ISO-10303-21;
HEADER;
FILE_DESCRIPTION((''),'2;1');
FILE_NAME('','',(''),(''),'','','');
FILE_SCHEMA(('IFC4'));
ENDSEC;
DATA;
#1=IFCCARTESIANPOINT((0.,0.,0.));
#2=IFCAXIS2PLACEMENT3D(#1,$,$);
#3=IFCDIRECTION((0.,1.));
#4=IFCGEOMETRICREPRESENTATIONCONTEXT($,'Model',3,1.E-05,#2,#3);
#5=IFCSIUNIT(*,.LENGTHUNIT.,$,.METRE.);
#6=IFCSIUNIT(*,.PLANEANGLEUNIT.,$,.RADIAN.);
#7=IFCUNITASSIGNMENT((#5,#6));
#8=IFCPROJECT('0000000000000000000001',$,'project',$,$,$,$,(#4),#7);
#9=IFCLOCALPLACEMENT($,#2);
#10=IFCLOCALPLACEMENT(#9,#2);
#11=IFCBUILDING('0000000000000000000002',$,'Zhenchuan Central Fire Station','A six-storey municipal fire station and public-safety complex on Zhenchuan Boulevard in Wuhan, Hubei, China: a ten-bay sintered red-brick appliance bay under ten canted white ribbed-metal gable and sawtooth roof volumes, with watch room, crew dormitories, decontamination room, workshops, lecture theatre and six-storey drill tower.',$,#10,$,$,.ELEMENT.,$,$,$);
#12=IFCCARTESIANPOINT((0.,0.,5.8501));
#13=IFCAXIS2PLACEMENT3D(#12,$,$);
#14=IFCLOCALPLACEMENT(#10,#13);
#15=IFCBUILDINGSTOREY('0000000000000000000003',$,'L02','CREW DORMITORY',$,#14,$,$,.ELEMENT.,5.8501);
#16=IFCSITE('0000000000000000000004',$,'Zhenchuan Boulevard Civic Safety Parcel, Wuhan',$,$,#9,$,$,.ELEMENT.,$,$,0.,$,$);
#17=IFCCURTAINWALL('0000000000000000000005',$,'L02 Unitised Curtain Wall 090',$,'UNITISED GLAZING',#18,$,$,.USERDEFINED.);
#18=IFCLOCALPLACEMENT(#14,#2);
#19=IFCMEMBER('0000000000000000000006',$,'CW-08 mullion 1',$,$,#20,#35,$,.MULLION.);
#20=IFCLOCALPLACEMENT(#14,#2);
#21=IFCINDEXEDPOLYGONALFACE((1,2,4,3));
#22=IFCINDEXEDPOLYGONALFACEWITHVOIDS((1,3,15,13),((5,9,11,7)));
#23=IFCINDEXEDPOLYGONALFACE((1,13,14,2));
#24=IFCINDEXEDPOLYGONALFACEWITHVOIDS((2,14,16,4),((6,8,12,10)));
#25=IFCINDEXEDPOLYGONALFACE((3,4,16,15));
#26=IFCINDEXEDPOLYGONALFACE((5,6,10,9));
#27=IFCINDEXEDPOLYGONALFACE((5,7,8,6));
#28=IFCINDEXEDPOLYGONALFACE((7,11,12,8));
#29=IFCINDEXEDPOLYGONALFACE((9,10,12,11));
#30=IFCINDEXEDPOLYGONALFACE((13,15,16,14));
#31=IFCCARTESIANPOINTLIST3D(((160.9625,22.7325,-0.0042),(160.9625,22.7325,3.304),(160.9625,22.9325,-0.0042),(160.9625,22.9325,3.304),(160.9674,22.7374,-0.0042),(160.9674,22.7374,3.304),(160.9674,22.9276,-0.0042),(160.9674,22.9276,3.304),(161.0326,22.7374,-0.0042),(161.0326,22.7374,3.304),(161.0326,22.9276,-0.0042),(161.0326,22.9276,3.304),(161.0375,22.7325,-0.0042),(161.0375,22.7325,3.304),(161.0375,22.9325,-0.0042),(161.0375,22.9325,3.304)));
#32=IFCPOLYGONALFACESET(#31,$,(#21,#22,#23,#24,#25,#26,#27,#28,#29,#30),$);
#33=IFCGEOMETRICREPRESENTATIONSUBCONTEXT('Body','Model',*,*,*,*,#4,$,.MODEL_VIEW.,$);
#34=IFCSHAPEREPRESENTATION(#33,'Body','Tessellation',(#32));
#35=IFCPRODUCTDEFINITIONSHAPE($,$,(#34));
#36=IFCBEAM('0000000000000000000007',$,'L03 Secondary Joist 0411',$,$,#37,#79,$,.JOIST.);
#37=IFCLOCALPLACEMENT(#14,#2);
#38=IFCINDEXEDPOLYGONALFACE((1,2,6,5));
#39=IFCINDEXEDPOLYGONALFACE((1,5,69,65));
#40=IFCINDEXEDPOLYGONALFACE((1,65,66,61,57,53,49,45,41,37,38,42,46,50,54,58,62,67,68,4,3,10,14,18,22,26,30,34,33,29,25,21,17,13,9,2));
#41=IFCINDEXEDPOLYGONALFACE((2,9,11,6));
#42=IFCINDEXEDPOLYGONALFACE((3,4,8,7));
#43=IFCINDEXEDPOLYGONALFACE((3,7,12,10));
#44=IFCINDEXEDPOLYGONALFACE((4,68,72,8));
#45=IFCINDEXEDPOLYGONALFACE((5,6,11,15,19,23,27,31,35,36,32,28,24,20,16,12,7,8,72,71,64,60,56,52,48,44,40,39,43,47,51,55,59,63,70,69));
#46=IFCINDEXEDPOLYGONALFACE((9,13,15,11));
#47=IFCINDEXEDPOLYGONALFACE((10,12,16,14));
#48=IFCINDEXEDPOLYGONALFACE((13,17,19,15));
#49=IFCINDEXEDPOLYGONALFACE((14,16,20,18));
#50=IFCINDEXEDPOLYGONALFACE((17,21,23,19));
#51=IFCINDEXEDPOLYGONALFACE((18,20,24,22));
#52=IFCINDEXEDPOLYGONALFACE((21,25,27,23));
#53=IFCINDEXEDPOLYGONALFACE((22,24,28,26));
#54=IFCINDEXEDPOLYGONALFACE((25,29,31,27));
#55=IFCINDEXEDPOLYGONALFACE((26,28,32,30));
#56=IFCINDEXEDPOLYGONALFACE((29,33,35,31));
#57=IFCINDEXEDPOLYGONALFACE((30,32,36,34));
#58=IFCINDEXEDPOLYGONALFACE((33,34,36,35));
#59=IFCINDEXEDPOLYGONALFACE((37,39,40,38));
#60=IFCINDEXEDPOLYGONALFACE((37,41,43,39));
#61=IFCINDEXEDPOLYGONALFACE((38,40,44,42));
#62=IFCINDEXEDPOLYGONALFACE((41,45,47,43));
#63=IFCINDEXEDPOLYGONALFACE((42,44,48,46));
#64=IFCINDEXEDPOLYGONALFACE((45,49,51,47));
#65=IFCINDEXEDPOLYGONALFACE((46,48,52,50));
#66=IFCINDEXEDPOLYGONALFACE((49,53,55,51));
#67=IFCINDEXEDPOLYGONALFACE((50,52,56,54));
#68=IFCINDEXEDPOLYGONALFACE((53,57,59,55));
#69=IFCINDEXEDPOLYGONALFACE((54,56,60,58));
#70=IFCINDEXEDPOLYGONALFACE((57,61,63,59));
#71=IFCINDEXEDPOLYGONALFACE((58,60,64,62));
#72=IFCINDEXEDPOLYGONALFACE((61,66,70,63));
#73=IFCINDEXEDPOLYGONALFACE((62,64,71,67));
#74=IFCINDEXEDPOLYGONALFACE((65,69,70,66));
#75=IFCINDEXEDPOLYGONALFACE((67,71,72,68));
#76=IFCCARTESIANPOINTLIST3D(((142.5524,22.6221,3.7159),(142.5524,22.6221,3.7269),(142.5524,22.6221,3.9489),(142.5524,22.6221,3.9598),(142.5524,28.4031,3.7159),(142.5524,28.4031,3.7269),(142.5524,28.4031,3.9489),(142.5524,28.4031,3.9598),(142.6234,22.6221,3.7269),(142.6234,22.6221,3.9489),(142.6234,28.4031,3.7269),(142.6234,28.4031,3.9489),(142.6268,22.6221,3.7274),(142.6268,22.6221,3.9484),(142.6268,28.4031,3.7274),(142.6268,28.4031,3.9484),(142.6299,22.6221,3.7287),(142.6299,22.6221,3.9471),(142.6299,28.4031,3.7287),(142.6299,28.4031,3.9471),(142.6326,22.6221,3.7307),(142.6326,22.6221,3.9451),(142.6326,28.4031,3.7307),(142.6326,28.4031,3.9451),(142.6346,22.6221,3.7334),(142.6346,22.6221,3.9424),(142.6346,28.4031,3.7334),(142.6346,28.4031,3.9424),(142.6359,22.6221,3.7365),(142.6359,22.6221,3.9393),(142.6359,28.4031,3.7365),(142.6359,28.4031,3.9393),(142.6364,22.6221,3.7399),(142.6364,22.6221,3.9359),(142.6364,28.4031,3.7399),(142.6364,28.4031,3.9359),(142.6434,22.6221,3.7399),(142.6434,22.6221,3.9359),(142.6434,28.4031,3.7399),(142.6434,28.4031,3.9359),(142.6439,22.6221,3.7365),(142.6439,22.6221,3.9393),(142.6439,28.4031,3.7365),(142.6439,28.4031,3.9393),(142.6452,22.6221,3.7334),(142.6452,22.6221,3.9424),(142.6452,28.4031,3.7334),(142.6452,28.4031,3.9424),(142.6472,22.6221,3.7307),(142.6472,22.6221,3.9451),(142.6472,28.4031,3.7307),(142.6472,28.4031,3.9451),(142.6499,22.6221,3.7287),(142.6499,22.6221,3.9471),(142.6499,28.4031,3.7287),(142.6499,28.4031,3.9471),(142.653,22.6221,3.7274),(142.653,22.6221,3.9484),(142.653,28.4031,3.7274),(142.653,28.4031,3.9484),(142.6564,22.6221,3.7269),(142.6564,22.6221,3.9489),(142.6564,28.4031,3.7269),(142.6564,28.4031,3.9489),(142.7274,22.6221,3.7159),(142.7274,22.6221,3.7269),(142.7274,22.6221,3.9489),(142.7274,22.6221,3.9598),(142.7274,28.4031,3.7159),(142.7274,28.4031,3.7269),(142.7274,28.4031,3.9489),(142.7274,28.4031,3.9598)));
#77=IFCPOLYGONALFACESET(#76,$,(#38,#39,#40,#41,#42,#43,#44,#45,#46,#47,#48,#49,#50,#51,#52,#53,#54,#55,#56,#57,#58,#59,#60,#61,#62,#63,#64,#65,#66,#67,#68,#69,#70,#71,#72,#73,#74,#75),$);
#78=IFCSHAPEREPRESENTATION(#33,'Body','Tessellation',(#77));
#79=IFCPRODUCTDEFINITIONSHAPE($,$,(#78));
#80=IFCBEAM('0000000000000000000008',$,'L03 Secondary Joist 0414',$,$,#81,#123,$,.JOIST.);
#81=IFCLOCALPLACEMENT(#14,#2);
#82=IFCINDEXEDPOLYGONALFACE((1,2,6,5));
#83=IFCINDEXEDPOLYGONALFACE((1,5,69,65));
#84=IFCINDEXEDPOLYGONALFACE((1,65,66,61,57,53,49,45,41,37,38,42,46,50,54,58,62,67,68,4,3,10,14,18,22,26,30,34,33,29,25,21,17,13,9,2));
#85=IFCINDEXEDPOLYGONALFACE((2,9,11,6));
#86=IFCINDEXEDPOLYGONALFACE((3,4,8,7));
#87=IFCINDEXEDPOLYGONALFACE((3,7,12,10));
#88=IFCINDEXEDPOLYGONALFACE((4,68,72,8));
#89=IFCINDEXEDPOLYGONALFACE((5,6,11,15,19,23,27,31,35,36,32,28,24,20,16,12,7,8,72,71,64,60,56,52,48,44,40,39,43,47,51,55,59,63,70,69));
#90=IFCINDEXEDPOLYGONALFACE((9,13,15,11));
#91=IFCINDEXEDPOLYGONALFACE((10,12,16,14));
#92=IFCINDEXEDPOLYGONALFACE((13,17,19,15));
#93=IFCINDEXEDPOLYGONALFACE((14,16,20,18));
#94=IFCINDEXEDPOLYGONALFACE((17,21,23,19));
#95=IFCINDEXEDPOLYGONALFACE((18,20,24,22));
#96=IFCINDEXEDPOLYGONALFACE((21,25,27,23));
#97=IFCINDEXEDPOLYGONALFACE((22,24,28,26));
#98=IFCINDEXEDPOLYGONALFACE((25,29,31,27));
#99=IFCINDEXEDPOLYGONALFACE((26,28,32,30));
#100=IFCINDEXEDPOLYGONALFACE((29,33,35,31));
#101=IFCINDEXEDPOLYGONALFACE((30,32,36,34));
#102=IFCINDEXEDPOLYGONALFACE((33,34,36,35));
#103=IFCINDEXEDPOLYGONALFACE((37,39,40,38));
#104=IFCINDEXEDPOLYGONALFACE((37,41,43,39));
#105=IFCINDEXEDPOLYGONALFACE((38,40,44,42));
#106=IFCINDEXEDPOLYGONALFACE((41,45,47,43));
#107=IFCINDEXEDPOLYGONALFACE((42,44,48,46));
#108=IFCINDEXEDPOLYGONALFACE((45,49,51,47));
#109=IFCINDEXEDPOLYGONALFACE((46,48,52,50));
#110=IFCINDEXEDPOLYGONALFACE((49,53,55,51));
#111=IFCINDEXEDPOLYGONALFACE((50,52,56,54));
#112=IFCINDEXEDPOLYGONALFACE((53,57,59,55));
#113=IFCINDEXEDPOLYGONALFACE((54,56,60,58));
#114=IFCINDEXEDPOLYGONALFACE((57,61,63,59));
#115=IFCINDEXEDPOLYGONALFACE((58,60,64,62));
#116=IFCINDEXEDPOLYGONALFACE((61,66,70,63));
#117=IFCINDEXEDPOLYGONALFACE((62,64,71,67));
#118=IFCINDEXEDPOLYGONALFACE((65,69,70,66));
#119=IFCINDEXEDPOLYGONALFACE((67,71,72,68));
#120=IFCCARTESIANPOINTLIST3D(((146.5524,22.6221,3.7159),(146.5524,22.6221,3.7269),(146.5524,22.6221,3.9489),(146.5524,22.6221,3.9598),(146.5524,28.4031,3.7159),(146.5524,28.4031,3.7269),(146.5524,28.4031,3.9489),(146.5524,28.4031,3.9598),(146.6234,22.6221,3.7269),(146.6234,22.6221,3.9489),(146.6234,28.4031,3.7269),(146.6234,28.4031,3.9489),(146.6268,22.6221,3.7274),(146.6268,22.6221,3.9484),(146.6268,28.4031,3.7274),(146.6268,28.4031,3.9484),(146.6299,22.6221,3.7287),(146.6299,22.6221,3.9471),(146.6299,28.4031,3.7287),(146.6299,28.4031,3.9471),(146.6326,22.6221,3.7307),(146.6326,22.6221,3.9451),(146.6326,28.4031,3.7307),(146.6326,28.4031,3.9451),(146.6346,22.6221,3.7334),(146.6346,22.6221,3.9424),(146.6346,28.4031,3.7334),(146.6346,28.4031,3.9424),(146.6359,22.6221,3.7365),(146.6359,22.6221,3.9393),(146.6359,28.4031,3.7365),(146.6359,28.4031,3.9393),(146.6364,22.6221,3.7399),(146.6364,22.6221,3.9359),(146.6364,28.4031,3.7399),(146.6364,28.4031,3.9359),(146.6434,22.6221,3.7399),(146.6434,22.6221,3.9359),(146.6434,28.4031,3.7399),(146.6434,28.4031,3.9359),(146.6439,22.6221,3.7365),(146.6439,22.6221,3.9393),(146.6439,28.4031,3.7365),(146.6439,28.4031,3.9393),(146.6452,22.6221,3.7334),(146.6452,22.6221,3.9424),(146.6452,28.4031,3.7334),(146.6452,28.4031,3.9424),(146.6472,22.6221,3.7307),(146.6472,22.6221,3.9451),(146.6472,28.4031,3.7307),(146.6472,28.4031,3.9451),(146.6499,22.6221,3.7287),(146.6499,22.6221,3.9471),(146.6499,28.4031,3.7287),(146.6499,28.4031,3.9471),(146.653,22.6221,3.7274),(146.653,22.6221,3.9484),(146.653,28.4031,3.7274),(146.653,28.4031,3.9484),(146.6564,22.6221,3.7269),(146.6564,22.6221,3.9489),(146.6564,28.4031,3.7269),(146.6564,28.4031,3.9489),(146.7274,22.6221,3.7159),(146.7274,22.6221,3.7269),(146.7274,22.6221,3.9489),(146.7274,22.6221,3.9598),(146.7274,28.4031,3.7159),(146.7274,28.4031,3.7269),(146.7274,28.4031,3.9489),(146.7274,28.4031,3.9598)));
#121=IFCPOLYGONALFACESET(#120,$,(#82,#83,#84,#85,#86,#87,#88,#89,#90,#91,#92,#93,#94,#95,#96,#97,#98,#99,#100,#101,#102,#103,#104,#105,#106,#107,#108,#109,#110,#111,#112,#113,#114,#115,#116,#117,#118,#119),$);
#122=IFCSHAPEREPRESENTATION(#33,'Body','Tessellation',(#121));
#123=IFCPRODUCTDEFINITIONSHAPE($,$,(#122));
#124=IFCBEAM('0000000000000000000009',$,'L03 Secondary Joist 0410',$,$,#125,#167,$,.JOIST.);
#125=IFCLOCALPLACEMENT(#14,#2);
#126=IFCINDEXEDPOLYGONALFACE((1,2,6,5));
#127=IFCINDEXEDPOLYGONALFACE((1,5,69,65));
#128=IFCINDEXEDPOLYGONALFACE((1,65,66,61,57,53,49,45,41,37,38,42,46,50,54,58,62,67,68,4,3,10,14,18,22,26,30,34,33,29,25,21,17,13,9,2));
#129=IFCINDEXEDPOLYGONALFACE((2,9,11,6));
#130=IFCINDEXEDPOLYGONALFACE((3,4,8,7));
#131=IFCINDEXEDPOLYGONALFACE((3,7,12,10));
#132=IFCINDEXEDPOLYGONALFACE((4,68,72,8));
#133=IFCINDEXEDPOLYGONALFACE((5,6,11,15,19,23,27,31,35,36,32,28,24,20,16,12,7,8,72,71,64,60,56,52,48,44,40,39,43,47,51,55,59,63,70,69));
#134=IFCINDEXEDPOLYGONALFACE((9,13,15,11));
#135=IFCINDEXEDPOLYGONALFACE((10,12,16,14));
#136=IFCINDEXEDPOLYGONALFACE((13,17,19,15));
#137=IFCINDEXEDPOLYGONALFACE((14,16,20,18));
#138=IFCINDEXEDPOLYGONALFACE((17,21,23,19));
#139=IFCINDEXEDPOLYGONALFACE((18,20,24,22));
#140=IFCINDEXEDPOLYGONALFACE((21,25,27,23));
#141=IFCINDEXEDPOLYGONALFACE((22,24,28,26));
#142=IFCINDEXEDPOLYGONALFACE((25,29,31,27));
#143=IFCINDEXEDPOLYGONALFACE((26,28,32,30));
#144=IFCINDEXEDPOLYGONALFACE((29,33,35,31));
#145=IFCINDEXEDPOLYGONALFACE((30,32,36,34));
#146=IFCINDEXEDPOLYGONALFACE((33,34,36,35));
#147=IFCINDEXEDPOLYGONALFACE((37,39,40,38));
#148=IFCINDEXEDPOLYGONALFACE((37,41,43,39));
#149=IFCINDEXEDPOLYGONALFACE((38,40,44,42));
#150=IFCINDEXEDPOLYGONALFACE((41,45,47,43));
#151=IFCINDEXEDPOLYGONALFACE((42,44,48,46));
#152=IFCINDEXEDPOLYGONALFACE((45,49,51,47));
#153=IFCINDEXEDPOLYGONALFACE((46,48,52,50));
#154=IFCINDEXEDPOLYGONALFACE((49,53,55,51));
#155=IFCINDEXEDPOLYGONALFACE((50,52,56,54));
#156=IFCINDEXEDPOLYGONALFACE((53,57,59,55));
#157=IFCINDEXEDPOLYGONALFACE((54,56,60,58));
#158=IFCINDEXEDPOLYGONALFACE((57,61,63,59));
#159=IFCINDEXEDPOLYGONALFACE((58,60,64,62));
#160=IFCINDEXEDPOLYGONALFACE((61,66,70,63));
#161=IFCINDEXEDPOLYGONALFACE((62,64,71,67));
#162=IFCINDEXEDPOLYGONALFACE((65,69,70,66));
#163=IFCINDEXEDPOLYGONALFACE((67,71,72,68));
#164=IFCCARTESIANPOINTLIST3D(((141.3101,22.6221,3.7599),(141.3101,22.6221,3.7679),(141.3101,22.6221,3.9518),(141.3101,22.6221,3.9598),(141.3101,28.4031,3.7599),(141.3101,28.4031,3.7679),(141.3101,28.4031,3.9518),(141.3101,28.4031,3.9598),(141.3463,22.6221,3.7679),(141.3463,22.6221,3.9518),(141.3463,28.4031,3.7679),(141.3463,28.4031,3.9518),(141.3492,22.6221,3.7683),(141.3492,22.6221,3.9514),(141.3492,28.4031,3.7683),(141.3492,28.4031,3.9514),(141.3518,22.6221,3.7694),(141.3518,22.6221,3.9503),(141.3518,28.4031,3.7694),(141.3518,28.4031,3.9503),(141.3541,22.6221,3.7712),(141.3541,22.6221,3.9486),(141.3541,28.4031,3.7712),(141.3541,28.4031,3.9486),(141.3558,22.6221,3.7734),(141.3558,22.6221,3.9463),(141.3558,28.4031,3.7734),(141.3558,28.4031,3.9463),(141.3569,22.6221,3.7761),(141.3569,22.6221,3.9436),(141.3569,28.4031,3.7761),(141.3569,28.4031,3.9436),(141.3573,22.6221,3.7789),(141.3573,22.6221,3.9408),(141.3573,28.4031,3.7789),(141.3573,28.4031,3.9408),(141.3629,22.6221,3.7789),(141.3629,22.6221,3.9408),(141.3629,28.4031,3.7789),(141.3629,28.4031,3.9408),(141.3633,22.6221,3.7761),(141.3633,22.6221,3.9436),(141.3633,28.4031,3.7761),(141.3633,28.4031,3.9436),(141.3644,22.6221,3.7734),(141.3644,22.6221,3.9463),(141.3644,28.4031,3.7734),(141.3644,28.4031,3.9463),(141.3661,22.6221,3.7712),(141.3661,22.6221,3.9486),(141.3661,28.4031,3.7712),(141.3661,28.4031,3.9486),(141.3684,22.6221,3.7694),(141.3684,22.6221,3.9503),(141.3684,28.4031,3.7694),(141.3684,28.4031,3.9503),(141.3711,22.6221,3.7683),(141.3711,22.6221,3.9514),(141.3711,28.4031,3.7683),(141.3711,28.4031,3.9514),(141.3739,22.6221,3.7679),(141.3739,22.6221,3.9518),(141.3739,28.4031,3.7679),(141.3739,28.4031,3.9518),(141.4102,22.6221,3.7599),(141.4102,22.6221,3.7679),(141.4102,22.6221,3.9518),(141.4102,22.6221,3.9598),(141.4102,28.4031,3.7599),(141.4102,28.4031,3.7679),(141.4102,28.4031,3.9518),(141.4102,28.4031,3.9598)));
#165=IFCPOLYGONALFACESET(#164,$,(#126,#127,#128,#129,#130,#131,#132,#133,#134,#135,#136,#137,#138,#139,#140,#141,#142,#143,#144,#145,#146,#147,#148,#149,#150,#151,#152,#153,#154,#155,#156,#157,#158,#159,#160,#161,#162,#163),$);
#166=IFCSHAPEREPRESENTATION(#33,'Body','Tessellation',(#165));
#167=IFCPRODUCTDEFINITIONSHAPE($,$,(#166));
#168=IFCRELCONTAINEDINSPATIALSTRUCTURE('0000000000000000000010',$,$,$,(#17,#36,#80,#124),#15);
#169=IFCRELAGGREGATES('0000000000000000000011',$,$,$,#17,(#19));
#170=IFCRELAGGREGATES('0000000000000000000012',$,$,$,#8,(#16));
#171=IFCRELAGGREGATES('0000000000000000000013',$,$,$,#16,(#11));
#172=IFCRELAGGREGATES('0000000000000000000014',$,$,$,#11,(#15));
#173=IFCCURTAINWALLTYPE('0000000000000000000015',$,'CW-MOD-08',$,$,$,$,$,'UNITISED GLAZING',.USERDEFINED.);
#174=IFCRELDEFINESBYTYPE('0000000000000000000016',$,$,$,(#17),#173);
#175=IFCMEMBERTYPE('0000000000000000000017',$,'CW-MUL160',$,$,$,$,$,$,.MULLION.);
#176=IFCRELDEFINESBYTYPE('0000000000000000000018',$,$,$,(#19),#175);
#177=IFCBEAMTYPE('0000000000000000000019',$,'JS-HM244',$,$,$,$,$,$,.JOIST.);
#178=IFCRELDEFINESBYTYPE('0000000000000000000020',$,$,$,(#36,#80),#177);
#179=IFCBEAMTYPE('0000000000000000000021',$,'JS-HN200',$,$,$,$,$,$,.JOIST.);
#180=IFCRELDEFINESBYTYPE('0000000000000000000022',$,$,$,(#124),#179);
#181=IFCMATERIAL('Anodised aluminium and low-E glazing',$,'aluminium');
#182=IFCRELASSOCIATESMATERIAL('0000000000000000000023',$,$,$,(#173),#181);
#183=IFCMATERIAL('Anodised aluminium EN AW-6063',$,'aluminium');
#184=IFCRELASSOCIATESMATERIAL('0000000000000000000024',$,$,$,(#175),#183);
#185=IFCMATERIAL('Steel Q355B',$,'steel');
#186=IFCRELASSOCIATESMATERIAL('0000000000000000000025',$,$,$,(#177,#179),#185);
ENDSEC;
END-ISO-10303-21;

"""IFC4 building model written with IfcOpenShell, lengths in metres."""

from ifc_helpers import new_model, si_unit, direction, frame, origin, origin_2d, place, context, subcontext, project, spatial, hollow_rectangle, i_section, extrude, material, material_profile, profile_set, type_object, element, aggregate, save


model = new_model("IFC4")

# Units and contexts
model_context = context("Model", 3, precision=1e-05, world=origin(), true_north=direction((0.0, 1.0)))
body_context = subcontext(model_context, "Body", "Model", "MODEL_VIEW")
ifc_project = project(units=[si_unit("LENGTHUNIT", "METRE"), si_unit("PLANEANGLEUNIT", "RADIAN")], contexts=[model_context])

# Site, building, storey
site_placement = place(None, origin())
site = spatial("IfcSite", under=ifc_project, at=site_placement, Name="Zhenchuan Boulevard Civic Safety Parcel, Wuhan", CompositionType="ELEMENT", RefElevation=0.0)
building_placement = place(site_placement, origin())
building = spatial("IfcBuilding", under=site, at=building_placement, Name="Zhenchuan Central Fire Station", Description="A six-storey municipal fire station and public-safety complex on Zhenchuan Boulevard in Wuhan, Hubei, China: a ten-bay sintered red-brick appliance bay under ten canted white ribbed-metal gable and sawtooth roof volumes, with watch room, crew dormitories, decontamination room, workshops, lecture theatre and six-storey drill tower.", CompositionType="ELEMENT")
storey_placement = place(building_placement, frame((0.0, 0.0, 5.8501)))
storey = spatial("IfcBuildingStorey", under=building, at=storey_placement, Name="L02", Description="CREW DORMITORY", CompositionType="ELEMENT", Elevation=5.8501)

# Shared definitions
ifc_material_1 = material(Name="Steel Q355B", Category="steel")

# Curtain wall, member
ifc_material_2 = material(Name="Anodised aluminium and low-E glazing", Category="aluminium")
curtain_wall_type = type_object("IfcCurtainWallType", Name="CW-MOD-08", ElementType="UNITISED GLAZING", PredefinedType="USERDEFINED", material=ifc_material_2)
curtain_wall_placement = place(storey_placement, origin())
curtain_wall = element("IfcCurtainWall", 1, at=curtain_wall_placement, inside=storey, type_object=curtain_wall_type, Name="L02 Unitised Curtain Wall 090", ObjectType="UNITISED GLAZING", PredefinedType="USERDEFINED")
ifc_material_3 = material(Name="Anodised aluminium EN AW-6063", Category="aluminium")
ifc_material_profile_1 = material_profile(ifc_material_3, hollow_rectangle(XDim=0.075, YDim=0.2, WallThickness=0.0049, at=origin_2d()), Name="ALU-M 200x75")
ifc_profile_set_1 = profile_set([ifc_material_profile_1], Name="Anodised aluminium EN AW-6063")
member_type = type_object("IfcMemberType", Name="CW-MUL160", PredefinedType="MULLION", material=ifc_profile_set_1)
member_placement = place(storey_placement, frame((161.0, 22.8325, -0.0042), z_axis=(0.0, 0.0, 1.0), x_axis=(-1.0, 0.0, 0.0)))
member = element("IfcMember", 2, at=member_placement, type_object=member_type, Name="CW-08 mullion 1", PredefinedType="MULLION", context=body_context, shape_type="SweptSolid", body=[
    extrude(hollow_rectangle(XDim=0.075, YDim=0.2, WallThickness=0.0049, at=origin_2d()), origin(), (0.0, 0.0, 1.0), 3.3081),
])
aggregate(curtain_wall, [member])

# Beams
ifc_material_profile_2 = material_profile(ifc_material_1, i_section(OverallWidth=0.175, OverallDepth=0.2439, WebThickness=0.0071, FlangeThickness=0.011, FilletRadius=0.0129, at=origin_2d()), Name="HM 244x175")
ifc_profile_set_2 = profile_set([ifc_material_profile_2], Name="Steel Q355B")
beam_type_1 = type_object("IfcBeamType", Name="JS-HM244", PredefinedType="JOIST", material=ifc_profile_set_2)
for number, where, z_axis, x_axis, name in (
    (3, (142.6399, 22.6221, 3.8379), (0.0, 1.0, 0.0), (-1.0, 0.0, 0.0), "L03 Secondary Joist 0411"),
    (4, (146.6399, 22.6221, 3.8379), (0.0, 1.0, 0.0), (-1.0, 0.0, 0.0), "L03 Secondary Joist 0414"),
):
    element("IfcBeam", number, at=place(storey_placement, frame(where, z_axis=z_axis, x_axis=x_axis)), inside=storey, type_object=beam_type_1, Name=name, PredefinedType="JOIST", context=body_context, shape_type="SweptSolid", body=[
        extrude(i_section(OverallWidth=0.175, OverallDepth=0.2439, WebThickness=0.0071, FlangeThickness=0.011, FilletRadius=0.0129, at=origin_2d()), origin(), (0.0, 0.0, 1.0), 5.781),
    ])
ifc_material_profile_3 = material_profile(ifc_material_1, i_section(OverallWidth=0.1001, OverallDepth=0.2, WebThickness=0.0056, FlangeThickness=0.0081, FilletRadius=0.011, at=origin_2d()), Name="HN 200x100")
ifc_profile_set_3 = profile_set([ifc_material_profile_3], Name="Steel Q355B")
beam_type_2 = type_object("IfcBeamType", Name="JS-HN200", PredefinedType="JOIST", material=ifc_profile_set_3)
for number, where, z_axis, x_axis, name in (
    (5, (141.3601, 22.6221, 3.8599), (0.0, 1.0, 0.0), (-1.0, 0.0, 0.0), "L03 Secondary Joist 0410"),
):
    element("IfcBeam", number, at=place(storey_placement, frame(where, z_axis=z_axis, x_axis=x_axis)), inside=storey, type_object=beam_type_2, Name=name, PredefinedType="JOIST", context=body_context, shape_type="SweptSolid", body=[
        extrude(i_section(OverallWidth=0.1001, OverallDepth=0.2, WebThickness=0.0056, FlangeThickness=0.0081, FilletRadius=0.011, at=origin_2d()), origin(), (0.0, 0.0, 1.0), 5.781),
    ])

save(model, "model.ifc")
